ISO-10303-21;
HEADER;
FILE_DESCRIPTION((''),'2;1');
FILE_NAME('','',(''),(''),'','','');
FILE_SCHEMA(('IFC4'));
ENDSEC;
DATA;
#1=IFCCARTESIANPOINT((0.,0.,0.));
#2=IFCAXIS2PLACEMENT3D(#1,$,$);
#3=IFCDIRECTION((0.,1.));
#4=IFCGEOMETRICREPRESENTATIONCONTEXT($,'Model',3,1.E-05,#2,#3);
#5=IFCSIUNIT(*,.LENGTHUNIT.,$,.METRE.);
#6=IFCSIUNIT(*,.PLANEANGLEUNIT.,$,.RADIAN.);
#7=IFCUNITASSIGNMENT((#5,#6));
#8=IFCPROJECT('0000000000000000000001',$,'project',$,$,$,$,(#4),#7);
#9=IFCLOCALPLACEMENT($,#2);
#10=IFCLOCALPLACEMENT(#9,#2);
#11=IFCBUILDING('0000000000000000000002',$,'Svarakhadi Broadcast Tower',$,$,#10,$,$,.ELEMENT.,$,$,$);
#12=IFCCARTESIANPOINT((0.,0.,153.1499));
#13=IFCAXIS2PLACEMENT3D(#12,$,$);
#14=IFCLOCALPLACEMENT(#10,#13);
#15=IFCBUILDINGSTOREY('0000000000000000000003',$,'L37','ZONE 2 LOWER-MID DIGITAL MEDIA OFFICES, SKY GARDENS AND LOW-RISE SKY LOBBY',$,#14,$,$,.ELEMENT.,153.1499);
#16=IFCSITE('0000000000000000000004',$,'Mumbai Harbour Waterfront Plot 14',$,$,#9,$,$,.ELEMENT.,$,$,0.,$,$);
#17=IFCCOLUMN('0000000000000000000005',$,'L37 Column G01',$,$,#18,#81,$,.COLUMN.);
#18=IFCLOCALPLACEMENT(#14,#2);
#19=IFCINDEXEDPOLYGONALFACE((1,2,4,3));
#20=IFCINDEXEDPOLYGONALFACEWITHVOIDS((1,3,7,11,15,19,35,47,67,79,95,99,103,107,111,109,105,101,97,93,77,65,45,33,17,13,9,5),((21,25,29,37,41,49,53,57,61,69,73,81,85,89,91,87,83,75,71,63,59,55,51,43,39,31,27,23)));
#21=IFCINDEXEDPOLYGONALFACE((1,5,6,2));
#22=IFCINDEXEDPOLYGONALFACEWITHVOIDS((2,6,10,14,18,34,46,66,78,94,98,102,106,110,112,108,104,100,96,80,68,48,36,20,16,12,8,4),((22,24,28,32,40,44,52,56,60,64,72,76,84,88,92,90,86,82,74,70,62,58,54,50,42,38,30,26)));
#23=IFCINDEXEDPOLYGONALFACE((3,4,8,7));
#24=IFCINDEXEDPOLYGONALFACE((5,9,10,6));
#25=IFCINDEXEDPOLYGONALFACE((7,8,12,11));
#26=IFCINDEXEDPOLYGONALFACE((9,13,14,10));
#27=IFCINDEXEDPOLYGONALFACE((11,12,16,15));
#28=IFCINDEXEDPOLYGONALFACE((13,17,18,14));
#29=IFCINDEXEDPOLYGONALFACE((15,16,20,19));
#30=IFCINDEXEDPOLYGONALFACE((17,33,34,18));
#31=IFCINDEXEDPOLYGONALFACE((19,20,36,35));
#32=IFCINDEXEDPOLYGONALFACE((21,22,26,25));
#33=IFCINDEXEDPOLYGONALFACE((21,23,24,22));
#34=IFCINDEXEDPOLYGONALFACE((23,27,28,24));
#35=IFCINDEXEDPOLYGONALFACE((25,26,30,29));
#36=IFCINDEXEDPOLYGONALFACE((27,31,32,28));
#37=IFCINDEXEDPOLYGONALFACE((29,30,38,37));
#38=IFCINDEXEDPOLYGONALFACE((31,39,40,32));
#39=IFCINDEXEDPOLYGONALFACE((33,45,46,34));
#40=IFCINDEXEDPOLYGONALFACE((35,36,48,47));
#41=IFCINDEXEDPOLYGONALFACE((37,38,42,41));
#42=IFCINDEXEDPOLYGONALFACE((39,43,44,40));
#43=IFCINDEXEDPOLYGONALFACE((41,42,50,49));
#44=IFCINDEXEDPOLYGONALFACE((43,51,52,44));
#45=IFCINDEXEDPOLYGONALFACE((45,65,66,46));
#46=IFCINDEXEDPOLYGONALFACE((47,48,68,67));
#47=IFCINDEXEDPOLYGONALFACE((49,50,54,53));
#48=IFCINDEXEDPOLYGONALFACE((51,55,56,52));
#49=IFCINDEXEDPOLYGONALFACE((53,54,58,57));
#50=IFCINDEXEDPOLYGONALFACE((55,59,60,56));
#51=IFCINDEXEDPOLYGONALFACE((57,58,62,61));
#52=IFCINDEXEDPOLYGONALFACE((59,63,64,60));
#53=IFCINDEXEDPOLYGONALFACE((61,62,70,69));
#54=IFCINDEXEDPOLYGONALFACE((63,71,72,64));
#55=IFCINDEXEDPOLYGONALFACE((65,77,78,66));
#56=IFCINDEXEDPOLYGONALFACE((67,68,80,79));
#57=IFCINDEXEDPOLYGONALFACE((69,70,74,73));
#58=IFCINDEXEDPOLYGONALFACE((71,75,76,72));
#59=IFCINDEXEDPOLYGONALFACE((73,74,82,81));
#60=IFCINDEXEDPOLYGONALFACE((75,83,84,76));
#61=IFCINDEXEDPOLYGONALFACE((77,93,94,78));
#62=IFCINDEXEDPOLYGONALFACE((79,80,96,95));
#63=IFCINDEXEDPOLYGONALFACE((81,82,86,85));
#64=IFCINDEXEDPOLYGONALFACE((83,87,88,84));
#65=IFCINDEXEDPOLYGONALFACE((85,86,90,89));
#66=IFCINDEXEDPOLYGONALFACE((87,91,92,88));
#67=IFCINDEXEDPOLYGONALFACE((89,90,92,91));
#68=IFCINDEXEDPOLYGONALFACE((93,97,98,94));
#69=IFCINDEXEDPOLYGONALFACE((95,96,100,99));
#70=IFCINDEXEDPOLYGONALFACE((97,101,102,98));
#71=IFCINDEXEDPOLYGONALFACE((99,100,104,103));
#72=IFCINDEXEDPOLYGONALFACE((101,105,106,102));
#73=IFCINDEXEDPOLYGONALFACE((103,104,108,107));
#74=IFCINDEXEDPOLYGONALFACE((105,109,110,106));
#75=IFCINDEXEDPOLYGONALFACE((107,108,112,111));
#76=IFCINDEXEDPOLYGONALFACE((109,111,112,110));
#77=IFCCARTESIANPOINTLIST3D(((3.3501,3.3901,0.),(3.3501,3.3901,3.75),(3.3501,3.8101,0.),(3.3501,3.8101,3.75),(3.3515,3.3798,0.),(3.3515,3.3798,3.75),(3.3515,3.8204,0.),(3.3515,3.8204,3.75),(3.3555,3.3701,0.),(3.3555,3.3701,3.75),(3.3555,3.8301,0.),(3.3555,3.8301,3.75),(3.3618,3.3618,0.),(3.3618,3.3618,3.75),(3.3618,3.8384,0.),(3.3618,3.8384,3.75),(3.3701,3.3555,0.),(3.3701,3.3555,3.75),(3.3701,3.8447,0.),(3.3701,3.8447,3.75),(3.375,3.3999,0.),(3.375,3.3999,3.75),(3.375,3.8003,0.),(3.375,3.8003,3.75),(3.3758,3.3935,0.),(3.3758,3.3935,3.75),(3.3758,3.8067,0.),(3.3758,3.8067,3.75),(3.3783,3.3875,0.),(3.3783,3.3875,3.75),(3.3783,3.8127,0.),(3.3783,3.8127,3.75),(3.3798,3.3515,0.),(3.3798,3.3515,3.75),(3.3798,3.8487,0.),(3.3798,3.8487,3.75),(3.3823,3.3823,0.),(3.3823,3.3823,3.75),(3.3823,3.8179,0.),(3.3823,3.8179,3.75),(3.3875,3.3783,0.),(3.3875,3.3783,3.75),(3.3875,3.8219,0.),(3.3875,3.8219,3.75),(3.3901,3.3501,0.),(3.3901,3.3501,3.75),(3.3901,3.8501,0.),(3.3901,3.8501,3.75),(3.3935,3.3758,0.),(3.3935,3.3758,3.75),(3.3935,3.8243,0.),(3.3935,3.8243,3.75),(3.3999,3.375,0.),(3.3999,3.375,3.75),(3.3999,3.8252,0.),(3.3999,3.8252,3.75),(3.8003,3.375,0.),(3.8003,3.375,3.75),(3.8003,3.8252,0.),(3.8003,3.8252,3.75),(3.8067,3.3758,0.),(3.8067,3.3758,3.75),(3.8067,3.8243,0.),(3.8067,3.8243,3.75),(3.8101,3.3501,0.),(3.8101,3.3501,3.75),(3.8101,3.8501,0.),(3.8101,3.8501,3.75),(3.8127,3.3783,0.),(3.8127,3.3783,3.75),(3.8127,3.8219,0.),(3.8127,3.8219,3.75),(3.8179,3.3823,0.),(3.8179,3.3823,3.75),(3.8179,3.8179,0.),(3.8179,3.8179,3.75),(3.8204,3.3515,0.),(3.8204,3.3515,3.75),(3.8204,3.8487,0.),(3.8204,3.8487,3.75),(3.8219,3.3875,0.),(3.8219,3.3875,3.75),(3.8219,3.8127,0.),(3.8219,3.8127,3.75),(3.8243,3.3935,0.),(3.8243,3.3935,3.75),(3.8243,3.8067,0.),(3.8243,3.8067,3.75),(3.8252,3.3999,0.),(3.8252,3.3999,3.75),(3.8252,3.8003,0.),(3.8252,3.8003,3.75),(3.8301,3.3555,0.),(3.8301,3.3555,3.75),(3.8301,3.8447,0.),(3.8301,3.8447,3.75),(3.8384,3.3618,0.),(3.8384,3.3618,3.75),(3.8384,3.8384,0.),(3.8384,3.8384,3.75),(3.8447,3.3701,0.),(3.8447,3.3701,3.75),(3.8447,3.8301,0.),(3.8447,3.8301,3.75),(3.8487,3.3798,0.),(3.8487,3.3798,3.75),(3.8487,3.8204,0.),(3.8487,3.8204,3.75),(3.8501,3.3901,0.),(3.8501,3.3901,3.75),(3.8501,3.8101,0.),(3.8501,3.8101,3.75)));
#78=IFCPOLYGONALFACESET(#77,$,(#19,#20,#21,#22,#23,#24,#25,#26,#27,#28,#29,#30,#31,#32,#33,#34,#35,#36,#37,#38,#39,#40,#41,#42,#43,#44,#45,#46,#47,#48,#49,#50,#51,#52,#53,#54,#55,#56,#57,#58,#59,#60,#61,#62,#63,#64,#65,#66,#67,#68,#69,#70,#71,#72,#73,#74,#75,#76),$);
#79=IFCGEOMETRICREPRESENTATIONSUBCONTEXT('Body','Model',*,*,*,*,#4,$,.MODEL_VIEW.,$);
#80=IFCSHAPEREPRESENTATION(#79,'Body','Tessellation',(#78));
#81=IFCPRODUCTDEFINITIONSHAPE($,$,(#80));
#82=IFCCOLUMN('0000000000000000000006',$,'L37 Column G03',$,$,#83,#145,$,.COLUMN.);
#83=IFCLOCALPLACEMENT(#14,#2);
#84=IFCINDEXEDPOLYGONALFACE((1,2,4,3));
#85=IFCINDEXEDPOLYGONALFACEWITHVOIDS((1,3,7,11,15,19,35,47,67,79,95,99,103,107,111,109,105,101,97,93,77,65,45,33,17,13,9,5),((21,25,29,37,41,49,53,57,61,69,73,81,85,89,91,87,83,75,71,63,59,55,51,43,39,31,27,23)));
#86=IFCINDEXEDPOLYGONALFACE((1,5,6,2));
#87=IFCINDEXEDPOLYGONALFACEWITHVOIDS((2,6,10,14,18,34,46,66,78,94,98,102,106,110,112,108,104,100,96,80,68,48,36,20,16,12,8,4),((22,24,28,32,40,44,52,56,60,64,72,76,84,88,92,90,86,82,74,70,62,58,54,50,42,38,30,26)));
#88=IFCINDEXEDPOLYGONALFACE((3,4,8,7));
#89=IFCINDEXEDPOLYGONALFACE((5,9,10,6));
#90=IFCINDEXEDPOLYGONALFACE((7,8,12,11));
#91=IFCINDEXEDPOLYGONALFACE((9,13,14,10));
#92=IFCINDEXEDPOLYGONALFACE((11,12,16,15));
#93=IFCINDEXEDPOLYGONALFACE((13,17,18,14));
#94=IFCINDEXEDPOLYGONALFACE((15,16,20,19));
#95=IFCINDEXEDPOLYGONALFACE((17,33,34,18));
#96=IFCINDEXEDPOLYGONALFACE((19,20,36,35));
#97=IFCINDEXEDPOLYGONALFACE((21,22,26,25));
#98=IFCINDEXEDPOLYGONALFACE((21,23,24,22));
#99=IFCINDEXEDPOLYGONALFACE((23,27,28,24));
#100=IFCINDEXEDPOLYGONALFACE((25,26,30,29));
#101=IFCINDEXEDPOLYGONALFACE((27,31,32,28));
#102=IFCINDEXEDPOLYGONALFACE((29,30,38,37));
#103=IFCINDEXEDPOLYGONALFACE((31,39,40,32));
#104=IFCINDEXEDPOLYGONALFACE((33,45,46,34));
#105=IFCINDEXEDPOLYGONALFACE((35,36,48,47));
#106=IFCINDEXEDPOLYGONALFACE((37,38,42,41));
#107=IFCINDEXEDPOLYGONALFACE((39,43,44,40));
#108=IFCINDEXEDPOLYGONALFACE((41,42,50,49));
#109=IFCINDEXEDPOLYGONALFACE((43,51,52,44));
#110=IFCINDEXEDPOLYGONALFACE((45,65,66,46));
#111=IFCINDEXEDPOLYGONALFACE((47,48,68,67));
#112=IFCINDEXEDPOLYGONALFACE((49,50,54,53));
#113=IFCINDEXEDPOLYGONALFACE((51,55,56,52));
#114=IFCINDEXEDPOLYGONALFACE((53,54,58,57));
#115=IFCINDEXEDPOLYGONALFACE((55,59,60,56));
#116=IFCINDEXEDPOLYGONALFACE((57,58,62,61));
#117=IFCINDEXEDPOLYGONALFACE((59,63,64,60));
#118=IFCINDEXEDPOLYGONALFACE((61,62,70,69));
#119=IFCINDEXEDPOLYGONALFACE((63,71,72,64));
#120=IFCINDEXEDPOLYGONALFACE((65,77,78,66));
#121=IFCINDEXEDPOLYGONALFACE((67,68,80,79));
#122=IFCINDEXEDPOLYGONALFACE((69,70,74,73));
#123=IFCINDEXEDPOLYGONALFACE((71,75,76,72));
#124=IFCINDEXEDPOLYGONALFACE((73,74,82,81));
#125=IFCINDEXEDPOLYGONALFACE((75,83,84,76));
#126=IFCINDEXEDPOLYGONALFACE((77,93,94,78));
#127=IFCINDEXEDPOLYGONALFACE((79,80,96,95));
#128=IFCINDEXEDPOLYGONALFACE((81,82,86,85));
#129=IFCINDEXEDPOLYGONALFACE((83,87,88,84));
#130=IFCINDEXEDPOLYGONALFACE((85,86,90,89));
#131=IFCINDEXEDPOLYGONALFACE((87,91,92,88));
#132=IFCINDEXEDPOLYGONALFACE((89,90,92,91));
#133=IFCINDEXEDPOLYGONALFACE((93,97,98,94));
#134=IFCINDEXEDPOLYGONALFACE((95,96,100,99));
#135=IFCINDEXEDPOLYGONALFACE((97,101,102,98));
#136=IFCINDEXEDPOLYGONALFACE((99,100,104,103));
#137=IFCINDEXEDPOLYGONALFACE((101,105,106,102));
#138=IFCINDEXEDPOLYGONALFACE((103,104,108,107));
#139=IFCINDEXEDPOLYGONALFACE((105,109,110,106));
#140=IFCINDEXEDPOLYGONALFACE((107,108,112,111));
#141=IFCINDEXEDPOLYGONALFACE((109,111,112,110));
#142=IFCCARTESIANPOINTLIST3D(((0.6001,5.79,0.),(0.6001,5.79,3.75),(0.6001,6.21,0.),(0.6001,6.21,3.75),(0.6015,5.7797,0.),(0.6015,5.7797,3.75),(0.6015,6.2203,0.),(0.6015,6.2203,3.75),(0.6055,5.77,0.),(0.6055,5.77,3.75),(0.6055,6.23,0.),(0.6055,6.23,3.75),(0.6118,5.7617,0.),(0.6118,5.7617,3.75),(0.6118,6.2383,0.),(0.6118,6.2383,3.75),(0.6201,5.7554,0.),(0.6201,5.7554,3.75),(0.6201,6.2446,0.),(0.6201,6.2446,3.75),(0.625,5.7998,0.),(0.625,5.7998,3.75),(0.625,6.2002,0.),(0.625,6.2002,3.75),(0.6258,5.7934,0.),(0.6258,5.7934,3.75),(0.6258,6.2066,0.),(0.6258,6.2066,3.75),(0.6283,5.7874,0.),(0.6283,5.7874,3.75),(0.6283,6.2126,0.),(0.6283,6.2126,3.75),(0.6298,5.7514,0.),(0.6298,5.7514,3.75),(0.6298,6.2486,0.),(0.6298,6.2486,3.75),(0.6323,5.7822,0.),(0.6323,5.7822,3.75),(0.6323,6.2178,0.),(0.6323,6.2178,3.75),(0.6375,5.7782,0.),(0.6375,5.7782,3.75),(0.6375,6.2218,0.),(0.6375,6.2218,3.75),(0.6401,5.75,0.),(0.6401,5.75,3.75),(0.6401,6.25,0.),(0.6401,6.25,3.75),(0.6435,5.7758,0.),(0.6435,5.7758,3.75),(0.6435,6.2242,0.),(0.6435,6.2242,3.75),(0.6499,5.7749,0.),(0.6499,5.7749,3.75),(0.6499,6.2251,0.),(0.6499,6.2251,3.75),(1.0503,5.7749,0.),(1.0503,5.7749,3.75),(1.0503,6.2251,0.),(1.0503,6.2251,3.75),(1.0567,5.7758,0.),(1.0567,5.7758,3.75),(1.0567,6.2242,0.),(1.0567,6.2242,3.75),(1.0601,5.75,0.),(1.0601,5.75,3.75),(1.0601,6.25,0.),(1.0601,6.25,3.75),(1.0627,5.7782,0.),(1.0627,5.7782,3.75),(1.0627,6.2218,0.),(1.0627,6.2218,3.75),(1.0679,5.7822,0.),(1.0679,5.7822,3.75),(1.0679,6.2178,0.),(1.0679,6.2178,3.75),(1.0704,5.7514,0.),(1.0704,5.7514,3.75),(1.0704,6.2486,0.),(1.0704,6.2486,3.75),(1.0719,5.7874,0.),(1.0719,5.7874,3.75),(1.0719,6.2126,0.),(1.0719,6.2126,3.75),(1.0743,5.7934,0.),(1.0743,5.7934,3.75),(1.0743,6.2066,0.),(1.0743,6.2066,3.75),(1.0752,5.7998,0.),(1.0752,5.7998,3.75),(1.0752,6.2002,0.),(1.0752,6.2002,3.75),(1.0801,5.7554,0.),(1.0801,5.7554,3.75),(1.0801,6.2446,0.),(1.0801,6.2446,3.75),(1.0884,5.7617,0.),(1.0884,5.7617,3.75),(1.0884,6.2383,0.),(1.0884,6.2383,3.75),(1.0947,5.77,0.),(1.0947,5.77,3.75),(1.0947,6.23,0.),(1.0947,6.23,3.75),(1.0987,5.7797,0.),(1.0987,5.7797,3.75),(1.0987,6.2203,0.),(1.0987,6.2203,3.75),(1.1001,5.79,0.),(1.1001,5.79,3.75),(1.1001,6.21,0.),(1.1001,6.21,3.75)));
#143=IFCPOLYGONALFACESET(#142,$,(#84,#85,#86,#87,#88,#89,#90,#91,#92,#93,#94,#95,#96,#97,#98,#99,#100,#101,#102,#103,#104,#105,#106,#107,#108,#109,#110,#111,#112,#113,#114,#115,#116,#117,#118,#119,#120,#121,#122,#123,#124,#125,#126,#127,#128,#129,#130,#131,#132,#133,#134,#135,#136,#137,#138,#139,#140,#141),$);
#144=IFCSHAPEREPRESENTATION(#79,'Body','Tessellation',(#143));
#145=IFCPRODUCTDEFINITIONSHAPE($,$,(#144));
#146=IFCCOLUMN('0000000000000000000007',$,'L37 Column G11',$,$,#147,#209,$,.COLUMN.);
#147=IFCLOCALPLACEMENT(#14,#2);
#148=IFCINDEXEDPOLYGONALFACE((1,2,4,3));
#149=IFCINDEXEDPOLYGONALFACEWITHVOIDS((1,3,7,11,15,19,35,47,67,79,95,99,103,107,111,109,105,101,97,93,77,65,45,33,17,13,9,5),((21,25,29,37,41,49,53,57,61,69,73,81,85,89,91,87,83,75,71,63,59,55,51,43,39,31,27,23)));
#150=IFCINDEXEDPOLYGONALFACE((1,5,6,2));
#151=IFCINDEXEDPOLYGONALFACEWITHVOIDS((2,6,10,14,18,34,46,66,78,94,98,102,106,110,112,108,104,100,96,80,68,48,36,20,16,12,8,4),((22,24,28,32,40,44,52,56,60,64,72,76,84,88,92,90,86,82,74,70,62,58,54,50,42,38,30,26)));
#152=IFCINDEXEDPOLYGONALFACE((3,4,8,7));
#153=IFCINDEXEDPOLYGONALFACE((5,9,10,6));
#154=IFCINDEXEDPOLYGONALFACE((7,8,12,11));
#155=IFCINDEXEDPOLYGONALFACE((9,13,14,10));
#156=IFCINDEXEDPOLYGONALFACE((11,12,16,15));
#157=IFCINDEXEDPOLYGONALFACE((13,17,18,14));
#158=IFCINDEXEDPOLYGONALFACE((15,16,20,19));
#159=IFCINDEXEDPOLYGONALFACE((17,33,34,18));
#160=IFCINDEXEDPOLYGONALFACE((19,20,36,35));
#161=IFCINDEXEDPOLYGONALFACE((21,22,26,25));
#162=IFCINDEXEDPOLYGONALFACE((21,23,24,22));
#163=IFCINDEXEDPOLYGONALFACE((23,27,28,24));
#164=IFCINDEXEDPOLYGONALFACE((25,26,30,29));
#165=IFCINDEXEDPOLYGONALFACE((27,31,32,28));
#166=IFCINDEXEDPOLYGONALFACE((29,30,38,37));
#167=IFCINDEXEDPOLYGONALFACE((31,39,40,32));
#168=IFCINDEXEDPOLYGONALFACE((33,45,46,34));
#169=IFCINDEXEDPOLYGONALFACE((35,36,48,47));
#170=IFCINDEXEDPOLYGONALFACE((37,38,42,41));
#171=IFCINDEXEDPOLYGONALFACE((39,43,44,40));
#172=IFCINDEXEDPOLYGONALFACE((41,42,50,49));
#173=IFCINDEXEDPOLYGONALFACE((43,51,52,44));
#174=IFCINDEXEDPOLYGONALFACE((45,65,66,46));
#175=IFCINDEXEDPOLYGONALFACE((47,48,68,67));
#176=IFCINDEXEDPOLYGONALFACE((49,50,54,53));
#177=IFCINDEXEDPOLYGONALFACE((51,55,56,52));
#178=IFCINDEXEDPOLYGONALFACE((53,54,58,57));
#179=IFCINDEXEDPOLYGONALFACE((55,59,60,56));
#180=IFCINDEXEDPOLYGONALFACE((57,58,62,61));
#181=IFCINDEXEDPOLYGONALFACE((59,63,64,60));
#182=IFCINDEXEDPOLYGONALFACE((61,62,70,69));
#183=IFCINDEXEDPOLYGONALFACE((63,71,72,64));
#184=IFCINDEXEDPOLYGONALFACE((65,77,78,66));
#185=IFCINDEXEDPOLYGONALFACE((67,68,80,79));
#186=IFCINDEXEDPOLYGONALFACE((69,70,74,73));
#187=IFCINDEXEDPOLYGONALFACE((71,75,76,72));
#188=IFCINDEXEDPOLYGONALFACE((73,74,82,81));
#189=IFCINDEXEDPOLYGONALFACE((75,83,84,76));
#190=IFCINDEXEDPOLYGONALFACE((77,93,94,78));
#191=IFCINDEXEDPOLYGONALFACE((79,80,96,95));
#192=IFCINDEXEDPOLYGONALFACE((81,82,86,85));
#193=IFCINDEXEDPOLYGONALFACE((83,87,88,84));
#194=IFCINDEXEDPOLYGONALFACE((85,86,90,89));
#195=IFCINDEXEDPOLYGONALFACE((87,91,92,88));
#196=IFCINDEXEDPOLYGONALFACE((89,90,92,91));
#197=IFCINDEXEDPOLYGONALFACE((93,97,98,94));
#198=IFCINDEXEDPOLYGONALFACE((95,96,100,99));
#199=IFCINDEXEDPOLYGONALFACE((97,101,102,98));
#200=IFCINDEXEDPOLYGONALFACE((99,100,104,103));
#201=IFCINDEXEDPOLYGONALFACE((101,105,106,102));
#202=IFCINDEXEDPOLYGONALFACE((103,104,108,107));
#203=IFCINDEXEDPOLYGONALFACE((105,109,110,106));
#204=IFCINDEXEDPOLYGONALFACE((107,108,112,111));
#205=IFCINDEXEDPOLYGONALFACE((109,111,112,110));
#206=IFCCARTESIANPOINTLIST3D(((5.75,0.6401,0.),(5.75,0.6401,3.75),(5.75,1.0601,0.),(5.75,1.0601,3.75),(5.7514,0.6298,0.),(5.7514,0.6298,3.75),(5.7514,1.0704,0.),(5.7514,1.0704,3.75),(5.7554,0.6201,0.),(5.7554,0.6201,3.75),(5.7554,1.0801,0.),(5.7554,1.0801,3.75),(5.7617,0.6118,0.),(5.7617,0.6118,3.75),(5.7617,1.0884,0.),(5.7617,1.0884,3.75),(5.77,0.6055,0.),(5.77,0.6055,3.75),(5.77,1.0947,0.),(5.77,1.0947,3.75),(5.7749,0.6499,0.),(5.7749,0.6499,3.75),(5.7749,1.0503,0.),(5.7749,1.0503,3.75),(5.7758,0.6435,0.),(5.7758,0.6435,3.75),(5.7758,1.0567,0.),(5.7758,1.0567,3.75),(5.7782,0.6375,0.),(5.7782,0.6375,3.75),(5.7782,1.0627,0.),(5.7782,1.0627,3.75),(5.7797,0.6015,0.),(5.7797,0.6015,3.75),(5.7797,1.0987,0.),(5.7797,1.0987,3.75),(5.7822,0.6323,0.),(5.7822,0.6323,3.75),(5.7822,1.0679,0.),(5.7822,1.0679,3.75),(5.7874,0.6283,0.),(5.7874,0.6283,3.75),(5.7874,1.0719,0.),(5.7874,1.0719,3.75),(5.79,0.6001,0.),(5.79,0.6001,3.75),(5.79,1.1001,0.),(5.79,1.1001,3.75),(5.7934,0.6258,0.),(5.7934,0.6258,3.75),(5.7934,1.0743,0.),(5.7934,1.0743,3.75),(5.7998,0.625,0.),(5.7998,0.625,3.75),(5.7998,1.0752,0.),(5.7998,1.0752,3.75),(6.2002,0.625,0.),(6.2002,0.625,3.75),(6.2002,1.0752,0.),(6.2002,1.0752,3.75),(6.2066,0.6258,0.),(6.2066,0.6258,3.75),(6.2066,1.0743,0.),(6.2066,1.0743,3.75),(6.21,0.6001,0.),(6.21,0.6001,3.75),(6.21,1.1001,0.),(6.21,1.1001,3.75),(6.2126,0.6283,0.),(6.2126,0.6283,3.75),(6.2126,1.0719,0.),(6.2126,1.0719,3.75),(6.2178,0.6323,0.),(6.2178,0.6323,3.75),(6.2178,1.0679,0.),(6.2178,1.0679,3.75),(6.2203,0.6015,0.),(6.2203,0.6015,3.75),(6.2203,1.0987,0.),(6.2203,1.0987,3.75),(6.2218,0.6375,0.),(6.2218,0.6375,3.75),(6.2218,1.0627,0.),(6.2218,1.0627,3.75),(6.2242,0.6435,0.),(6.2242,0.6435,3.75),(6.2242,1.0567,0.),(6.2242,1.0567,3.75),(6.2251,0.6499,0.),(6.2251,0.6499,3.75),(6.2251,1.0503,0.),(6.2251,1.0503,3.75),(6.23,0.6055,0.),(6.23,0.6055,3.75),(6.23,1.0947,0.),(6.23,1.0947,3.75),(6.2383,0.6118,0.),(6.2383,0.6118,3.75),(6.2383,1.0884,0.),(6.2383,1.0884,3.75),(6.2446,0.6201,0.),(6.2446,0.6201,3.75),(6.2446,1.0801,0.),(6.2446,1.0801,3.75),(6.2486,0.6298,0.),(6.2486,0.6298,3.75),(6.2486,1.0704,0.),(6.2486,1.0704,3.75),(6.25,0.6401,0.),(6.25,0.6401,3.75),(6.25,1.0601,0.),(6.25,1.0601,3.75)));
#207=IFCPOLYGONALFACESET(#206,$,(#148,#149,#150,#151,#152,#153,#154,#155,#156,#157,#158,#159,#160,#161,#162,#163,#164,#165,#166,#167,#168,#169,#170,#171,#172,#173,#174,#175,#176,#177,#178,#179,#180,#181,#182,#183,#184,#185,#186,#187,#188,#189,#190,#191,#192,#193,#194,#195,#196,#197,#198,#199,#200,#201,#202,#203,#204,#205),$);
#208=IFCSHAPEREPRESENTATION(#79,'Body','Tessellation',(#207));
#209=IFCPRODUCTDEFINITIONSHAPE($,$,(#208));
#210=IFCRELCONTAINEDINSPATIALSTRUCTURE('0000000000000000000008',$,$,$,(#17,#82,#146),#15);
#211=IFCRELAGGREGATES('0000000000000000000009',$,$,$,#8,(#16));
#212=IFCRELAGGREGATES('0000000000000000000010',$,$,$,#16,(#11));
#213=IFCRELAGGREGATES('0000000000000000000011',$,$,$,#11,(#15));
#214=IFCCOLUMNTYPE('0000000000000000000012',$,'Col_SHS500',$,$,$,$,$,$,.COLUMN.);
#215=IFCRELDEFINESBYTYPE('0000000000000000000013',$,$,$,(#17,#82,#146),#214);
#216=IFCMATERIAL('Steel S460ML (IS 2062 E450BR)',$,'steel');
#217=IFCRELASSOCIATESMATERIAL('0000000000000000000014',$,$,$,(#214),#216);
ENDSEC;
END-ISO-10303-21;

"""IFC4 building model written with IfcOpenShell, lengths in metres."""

from ifc_helpers import new_model, si_unit, direction, frame, origin, origin_2d, place, context, subcontext, project, spatial, hollow_rectangle, extrude, material, material_profile, profile_set, type_object, element, save


model = new_model("IFC4")

# Units and contexts
model_context = context("Model", 3, precision=1e-05, world=origin(), true_north=direction((0.0, 1.0)))
body_context = subcontext(model_context, "Body", "Model", "MODEL_VIEW")
ifc_project = project(units=[si_unit("LENGTHUNIT", "METRE"), si_unit("PLANEANGLEUNIT", "RADIAN")], contexts=[model_context])

# Site, building, storey
site_placement = place(None, origin())
site = spatial("IfcSite", under=ifc_project, at=site_placement, Name="Mumbai Harbour Waterfront Plot 14", CompositionType="ELEMENT", RefElevation=0.0)
building_placement = place(site_placement, origin())
building = spatial("IfcBuilding", under=site, at=building_placement, Name="Svarakhadi Broadcast Tower", CompositionType="ELEMENT")
storey_placement = place(building_placement, frame((0.0, 0.0, 153.1499)))
storey = spatial("IfcBuildingStorey", under=building, at=storey_placement, Name="L37", Description="ZONE 2 LOWER-MID DIGITAL MEDIA OFFICES, SKY GARDENS AND LOW-RISE SKY LOBBY", CompositionType="ELEMENT", Elevation=153.1499)

# Columns
ifc_material_1 = material(Name="Steel S460ML (IS 2062 E450BR)", Category="steel")
ifc_material_profile_1 = material_profile(ifc_material_1, hollow_rectangle(XDim=0.5, YDim=0.5, WallThickness=0.0249, InnerFilletRadius=0.0249, OuterFilletRadius=0.04, at=origin_2d()), Name="SHS 500x500x25")
ifc_profile_set_1 = profile_set([ifc_material_profile_1], Name="Steel S460ML (IS 2062 E450BR)")
column_type = type_object("IfcColumnType", Name="Col_SHS500", PredefinedType="COLUMN", material=ifc_profile_set_1)
for number, where, z_axis, x_axis, name in (
    (1, (3.6001, 3.6001, 0.0), (0.0, 0.0, 1.0), (1.0, 0.0, 0.0), "L37 Column G01"),
    (2, (0.8501, 6.0, 0.0), (0.0, 0.0, 1.0), (1.0, 0.0, 0.0), "L37 Column G03"),
    (3, (6.0, 0.8501, 0.0), (0.0, 0.0, 1.0), (1.0, 0.0, 0.0), "L37 Column G11"),
):
    element("IfcColumn", number, at=place(storey_placement, frame(where, z_axis=z_axis, x_axis=x_axis)), inside=storey, type_object=column_type, Name=name, PredefinedType="COLUMN", context=body_context, shape_type="SweptSolid", body=[
        extrude(hollow_rectangle(XDim=0.5, YDim=0.5, WallThickness=0.0249, InnerFilletRadius=0.0249, OuterFilletRadius=0.04, at=origin_2d()), origin(), (0.0, 0.0, 1.0), 3.75),
    ])

save(model, "model.ifc")
